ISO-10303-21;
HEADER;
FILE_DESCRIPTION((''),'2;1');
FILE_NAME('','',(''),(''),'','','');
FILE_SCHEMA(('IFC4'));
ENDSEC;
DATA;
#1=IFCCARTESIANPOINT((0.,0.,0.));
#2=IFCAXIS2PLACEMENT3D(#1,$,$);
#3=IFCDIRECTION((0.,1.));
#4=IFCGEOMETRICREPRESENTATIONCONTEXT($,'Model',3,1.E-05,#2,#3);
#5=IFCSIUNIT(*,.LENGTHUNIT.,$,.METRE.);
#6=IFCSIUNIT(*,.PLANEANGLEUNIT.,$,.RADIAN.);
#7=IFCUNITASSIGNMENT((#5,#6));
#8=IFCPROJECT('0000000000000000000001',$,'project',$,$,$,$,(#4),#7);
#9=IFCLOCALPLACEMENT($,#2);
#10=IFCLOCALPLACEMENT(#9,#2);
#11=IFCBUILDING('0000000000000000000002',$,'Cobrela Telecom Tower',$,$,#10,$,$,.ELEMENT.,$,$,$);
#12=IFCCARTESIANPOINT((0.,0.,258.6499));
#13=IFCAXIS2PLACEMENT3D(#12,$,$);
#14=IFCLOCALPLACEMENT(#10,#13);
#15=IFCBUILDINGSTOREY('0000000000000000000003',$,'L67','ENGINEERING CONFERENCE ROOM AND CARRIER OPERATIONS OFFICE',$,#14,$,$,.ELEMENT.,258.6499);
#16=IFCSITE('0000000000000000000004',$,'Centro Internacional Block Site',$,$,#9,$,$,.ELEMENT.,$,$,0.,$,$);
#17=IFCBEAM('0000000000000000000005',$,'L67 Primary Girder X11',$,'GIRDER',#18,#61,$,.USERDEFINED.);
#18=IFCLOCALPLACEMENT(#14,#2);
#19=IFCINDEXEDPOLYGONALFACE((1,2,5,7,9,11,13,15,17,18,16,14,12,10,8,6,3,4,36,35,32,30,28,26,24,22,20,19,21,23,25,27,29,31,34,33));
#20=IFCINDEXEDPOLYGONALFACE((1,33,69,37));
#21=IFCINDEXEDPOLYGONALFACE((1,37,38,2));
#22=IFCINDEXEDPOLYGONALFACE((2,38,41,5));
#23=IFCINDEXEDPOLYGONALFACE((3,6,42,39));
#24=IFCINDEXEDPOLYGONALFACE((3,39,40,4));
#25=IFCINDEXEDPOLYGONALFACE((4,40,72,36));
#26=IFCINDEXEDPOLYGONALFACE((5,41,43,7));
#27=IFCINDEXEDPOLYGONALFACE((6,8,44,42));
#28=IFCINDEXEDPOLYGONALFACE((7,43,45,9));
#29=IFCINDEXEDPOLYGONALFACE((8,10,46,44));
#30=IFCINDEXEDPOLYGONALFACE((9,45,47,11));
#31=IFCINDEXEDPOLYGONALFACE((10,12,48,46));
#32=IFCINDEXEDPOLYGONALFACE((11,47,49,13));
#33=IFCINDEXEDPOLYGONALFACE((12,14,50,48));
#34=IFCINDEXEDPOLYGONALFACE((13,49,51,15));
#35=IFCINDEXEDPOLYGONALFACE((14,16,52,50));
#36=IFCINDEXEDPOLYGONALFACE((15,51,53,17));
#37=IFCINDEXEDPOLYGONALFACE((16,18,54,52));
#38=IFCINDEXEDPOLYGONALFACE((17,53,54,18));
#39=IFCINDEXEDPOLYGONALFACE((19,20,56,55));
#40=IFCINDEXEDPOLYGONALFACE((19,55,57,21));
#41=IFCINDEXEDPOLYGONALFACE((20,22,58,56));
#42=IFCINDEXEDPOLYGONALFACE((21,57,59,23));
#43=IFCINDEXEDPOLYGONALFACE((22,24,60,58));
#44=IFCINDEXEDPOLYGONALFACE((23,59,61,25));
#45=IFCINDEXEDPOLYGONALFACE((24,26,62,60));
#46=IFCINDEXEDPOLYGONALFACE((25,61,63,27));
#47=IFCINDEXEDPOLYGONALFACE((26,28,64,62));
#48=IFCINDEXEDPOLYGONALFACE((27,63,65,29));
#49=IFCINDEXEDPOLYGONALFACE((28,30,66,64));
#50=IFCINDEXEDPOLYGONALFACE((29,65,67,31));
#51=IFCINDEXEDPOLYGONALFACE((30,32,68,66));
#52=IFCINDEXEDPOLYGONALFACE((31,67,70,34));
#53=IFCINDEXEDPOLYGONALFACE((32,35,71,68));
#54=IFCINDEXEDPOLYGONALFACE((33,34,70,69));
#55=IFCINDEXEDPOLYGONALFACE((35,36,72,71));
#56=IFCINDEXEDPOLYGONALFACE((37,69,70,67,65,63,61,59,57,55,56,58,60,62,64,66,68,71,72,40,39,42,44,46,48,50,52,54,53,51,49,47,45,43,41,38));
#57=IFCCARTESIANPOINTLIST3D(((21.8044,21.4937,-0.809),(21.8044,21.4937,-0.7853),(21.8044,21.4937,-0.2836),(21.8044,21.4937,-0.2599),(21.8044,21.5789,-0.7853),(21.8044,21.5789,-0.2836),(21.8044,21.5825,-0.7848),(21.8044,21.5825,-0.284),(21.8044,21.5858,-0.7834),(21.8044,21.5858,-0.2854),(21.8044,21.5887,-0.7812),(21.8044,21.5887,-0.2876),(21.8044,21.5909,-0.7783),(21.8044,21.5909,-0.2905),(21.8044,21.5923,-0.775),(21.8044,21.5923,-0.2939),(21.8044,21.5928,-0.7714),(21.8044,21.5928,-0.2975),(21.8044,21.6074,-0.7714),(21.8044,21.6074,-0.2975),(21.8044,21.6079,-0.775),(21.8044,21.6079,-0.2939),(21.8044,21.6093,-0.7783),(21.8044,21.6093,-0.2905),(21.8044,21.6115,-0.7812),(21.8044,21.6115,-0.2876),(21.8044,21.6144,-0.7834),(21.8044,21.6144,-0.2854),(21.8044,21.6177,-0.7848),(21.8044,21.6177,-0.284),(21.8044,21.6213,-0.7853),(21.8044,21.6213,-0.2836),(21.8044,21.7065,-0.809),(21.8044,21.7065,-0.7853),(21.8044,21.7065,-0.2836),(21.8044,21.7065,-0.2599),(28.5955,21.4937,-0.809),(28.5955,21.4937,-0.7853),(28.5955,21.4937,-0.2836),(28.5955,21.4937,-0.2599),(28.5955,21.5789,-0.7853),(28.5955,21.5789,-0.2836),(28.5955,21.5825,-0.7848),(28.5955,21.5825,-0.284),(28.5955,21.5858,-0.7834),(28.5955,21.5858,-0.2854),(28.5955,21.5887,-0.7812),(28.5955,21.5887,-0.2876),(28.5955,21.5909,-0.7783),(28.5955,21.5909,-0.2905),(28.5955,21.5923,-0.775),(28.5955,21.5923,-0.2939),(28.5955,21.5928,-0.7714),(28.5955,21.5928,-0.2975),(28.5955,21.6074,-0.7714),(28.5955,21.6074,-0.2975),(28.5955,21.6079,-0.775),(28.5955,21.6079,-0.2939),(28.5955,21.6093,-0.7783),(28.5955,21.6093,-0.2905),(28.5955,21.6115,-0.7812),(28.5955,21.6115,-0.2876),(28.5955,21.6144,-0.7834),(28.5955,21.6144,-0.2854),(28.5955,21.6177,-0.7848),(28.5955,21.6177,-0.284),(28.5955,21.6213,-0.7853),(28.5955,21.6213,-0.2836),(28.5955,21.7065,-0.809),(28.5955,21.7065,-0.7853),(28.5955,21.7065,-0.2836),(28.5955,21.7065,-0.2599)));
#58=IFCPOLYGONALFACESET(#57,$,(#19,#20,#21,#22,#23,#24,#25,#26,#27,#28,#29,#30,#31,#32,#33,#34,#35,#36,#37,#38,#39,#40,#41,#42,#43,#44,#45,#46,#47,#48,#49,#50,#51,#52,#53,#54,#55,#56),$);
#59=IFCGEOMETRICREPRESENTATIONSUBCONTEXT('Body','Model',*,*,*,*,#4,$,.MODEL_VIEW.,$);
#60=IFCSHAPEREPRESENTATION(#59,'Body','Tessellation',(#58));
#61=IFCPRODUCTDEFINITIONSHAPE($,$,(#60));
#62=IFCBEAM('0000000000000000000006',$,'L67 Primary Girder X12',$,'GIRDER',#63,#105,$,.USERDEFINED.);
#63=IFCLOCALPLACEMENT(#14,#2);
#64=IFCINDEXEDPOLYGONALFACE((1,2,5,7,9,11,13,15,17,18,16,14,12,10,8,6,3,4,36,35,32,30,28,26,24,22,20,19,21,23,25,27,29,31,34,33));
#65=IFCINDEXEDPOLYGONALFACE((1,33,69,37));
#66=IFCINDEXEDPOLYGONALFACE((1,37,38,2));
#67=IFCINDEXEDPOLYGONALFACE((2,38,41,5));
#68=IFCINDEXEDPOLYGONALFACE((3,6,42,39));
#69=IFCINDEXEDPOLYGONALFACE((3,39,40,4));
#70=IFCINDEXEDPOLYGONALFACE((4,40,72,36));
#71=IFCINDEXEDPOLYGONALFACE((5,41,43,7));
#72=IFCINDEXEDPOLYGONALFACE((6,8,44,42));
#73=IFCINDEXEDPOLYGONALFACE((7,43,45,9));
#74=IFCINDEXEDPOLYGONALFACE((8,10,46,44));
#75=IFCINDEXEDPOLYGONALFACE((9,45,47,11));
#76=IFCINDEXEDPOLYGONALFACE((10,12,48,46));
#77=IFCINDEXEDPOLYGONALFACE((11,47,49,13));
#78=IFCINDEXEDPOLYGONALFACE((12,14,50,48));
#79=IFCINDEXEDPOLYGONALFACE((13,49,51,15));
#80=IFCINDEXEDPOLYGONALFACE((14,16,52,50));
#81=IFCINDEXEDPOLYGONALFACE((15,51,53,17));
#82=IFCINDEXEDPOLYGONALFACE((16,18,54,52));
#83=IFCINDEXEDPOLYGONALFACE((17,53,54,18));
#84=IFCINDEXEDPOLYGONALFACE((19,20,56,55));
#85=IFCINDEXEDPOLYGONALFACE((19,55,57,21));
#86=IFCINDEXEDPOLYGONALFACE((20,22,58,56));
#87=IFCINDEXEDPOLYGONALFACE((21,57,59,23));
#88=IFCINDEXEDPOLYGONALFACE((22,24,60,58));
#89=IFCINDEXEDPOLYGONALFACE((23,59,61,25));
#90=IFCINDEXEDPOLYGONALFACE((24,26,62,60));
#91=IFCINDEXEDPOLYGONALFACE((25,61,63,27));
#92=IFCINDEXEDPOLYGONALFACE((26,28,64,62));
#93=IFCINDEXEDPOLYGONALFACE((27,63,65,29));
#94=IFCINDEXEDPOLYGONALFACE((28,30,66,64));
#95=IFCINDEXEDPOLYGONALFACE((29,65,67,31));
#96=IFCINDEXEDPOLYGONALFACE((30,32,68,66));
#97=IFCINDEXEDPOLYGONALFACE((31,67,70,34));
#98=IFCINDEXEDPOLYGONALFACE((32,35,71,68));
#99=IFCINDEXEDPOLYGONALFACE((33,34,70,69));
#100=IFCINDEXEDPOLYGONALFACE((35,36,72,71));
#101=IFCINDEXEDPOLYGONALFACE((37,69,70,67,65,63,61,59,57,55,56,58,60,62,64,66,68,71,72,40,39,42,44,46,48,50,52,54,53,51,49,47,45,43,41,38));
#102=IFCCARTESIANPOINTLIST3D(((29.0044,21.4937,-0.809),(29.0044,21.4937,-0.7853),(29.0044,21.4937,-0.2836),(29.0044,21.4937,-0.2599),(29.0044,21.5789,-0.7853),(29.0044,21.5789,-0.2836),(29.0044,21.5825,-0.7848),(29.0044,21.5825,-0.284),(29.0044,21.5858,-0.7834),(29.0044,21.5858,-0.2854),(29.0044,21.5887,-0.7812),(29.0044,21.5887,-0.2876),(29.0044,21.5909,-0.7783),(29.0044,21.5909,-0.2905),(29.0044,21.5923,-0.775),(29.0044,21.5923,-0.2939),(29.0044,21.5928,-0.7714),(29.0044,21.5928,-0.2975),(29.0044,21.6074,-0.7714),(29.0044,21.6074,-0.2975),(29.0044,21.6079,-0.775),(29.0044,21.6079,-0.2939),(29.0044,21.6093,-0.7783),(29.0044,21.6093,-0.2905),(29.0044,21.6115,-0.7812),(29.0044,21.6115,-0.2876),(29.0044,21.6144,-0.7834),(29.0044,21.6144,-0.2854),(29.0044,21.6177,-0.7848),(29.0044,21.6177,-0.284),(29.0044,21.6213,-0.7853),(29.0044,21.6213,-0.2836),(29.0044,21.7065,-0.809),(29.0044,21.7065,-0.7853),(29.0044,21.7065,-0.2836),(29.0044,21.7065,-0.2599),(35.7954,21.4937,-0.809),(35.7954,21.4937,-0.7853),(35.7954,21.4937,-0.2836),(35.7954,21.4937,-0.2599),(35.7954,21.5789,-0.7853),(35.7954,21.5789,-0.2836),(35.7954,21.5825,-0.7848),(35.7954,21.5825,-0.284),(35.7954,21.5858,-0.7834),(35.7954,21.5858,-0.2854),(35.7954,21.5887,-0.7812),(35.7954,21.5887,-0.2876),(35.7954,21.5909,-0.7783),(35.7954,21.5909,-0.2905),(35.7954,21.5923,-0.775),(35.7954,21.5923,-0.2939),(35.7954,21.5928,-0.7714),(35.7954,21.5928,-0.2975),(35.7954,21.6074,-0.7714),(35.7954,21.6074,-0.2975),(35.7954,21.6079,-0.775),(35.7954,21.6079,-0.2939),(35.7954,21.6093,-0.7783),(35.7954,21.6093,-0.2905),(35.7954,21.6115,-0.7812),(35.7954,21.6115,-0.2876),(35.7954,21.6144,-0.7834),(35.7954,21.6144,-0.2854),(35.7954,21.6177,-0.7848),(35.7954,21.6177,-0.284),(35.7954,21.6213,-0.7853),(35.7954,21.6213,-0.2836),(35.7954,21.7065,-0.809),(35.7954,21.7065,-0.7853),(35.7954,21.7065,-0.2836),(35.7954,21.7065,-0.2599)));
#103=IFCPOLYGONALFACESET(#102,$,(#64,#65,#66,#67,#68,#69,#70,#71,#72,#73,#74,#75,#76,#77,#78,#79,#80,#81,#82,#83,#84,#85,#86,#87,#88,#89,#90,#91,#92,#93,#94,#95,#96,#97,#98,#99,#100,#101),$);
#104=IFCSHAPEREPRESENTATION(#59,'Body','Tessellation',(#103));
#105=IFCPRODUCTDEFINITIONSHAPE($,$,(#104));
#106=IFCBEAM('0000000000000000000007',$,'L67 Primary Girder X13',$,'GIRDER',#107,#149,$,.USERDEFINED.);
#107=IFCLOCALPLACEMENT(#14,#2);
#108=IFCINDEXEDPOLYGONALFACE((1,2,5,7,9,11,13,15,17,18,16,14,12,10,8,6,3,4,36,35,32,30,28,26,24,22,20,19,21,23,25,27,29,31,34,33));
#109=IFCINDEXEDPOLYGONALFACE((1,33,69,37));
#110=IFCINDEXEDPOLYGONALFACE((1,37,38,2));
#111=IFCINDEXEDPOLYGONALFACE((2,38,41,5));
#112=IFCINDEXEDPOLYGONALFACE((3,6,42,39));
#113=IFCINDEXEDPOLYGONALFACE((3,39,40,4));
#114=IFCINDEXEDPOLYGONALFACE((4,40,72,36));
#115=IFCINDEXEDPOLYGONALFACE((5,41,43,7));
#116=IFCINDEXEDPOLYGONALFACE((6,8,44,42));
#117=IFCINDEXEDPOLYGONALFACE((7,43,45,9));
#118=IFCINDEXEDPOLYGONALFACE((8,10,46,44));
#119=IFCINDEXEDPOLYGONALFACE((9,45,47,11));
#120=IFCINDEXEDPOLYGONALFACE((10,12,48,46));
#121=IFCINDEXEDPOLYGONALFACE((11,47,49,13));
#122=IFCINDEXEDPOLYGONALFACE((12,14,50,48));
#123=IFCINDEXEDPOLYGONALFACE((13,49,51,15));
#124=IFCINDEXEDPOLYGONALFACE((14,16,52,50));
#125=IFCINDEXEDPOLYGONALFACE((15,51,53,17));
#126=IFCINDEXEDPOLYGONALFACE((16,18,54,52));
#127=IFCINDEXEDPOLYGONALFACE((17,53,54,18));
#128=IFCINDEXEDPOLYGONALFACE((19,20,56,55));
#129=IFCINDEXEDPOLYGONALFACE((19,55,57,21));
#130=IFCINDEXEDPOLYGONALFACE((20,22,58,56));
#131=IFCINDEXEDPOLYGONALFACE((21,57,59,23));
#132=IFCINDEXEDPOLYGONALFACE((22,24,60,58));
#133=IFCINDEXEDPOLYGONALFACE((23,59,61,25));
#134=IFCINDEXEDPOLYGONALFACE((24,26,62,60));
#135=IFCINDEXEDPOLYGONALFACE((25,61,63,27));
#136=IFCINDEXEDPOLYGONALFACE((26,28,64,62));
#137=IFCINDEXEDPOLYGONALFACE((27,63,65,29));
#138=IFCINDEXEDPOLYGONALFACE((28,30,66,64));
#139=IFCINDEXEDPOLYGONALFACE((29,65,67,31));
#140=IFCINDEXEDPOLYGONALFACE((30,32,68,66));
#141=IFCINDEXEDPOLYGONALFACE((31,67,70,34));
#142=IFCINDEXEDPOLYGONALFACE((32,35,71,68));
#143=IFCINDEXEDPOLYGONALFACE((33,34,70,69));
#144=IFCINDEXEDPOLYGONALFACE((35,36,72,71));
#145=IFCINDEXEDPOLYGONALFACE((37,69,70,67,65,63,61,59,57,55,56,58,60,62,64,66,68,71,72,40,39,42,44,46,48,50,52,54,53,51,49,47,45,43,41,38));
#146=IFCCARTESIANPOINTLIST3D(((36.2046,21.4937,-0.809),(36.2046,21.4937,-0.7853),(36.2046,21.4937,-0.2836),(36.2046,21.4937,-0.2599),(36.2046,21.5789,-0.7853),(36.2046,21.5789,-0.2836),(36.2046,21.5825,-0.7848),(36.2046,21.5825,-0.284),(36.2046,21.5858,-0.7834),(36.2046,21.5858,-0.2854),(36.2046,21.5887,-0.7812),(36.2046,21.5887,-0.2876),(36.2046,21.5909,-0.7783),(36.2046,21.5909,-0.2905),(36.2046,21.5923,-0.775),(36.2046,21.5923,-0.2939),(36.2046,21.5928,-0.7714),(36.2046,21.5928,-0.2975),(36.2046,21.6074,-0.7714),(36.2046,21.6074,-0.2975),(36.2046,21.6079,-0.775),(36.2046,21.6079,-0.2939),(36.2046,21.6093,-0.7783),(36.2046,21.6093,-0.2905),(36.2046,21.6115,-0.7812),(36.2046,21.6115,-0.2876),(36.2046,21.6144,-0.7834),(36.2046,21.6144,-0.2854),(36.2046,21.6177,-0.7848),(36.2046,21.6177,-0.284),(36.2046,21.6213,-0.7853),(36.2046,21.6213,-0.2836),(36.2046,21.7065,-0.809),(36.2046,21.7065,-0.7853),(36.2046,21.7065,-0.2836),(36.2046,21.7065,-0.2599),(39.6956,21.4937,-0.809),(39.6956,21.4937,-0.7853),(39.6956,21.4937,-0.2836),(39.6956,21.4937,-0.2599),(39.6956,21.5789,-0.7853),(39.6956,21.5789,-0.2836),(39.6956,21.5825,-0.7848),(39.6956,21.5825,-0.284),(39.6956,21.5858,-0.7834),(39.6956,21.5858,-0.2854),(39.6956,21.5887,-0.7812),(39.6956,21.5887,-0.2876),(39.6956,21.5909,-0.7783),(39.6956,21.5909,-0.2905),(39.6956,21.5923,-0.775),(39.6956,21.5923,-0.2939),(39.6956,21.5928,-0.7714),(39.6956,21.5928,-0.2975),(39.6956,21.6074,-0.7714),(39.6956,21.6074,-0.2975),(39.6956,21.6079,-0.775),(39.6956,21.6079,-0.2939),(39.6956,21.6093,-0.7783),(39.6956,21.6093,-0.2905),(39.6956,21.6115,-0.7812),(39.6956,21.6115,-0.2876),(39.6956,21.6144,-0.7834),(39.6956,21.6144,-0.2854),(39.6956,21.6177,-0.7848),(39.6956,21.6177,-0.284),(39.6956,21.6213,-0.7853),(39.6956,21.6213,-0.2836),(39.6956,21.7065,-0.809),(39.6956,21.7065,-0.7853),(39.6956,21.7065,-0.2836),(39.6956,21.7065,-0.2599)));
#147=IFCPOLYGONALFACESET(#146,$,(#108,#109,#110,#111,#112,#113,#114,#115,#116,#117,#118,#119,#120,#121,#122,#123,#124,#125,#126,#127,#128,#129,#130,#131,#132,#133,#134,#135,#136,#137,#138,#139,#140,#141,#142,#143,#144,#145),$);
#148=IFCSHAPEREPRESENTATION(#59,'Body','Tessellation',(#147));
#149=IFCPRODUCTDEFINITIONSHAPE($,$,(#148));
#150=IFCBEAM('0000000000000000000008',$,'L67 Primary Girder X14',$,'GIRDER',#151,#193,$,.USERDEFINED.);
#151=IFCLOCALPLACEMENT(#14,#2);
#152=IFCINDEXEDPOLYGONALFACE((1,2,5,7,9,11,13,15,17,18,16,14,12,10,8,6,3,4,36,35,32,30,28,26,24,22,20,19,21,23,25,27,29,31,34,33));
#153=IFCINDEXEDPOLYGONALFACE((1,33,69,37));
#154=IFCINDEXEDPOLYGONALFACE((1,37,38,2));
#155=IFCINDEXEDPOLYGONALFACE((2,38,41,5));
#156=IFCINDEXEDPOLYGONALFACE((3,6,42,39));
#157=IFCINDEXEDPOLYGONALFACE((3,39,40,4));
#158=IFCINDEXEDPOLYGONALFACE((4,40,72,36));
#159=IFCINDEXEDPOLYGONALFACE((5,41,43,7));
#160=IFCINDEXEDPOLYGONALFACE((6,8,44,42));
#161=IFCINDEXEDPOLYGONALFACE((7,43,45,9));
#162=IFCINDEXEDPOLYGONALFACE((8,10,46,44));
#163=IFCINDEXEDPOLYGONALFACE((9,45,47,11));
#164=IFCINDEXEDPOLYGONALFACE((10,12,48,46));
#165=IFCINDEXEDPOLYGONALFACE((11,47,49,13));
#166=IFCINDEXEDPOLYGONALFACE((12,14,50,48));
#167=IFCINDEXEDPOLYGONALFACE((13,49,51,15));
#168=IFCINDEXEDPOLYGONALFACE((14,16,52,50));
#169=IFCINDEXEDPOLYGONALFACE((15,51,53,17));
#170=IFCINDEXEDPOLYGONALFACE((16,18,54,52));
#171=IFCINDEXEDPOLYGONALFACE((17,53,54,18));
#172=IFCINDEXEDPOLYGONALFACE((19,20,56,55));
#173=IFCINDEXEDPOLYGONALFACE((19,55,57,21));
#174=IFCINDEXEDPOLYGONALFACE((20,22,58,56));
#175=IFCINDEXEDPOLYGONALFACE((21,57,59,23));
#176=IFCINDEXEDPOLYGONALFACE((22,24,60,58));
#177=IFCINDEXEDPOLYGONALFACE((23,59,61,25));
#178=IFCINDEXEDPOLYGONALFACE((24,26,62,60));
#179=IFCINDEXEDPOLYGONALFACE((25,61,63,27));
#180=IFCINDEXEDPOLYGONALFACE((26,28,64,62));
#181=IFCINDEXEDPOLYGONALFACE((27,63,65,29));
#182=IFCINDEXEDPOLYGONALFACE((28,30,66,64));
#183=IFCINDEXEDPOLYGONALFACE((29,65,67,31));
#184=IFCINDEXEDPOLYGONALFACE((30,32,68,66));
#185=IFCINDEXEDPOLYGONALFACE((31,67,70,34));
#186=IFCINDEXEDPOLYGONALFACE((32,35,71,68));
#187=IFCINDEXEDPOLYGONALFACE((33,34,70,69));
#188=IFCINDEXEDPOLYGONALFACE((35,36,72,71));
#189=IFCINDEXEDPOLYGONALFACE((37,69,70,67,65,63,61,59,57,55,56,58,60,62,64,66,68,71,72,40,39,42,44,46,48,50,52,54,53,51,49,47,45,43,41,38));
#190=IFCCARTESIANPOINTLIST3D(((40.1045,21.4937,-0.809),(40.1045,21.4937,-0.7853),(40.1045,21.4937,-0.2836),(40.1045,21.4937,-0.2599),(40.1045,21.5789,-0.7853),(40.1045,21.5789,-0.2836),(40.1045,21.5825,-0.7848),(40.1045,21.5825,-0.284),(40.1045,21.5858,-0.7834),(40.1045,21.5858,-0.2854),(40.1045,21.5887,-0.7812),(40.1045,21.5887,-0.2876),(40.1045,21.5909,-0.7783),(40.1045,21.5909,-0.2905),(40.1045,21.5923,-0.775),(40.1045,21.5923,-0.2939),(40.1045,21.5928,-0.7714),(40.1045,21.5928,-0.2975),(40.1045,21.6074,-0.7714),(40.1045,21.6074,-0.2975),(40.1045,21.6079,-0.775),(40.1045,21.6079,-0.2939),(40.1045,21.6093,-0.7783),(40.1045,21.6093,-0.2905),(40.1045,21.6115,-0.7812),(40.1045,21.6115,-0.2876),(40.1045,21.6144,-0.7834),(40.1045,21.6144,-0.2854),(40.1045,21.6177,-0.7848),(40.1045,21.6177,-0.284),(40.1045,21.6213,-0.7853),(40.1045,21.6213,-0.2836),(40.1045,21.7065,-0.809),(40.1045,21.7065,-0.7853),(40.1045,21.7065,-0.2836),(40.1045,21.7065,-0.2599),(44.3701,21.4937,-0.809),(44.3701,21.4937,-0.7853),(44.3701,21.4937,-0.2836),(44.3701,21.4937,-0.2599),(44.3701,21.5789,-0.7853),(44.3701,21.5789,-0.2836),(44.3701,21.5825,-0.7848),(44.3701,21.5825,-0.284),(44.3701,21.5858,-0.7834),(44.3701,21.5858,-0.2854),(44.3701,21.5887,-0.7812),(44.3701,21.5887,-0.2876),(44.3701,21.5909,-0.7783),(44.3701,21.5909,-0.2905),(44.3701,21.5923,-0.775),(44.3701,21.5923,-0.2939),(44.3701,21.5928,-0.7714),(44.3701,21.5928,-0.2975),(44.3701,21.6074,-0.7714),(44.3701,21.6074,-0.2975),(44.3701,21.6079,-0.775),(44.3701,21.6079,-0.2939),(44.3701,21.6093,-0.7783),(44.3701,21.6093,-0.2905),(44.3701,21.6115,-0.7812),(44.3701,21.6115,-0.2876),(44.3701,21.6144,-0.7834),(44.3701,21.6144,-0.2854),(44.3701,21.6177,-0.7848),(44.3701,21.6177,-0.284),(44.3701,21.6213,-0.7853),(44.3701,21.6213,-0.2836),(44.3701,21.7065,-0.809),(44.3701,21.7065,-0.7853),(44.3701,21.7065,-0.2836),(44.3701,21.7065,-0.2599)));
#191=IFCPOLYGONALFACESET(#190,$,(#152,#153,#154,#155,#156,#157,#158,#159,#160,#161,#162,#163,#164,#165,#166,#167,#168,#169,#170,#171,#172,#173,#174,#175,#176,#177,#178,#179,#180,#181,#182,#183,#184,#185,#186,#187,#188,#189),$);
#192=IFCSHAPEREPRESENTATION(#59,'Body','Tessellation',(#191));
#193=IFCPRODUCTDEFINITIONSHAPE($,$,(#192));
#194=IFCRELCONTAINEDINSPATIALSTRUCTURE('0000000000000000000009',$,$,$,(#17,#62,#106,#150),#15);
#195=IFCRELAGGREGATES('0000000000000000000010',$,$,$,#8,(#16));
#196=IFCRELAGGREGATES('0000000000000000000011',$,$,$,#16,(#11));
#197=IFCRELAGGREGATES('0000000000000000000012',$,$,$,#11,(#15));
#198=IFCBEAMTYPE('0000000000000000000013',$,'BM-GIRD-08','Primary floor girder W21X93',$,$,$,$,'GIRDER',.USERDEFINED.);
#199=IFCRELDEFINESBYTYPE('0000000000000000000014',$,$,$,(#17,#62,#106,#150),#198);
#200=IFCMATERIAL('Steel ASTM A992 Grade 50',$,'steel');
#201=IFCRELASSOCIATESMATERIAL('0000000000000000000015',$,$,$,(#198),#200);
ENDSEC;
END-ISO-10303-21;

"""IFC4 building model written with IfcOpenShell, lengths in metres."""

from ifc_helpers import new_model, si_unit, direction, frame, origin, origin_2d, place, context, subcontext, project, spatial, i_section, extrude, material, material_profile, profile_set, type_object, element, save


model = new_model("IFC4")

# Units and contexts
model_context = context("Model", 3, precision=1e-05, world=origin(), true_north=direction((0.0, 1.0)))
body_context = subcontext(model_context, "Body", "Model", "MODEL_VIEW")
ifc_project = project(units=[si_unit("LENGTHUNIT", "METRE"), si_unit("PLANEANGLEUNIT", "RADIAN")], contexts=[model_context])

# Site, building, storey
site_placement = place(None, origin())
site = spatial("IfcSite", under=ifc_project, at=site_placement, Name="Centro Internacional Block Site", CompositionType="ELEMENT", RefElevation=0.0)
building_placement = place(site_placement, origin())
building = spatial("IfcBuilding", under=site, at=building_placement, Name="Cobrela Telecom Tower", CompositionType="ELEMENT")
storey_placement = place(building_placement, frame((0.0, 0.0, 258.6499)))
storey = spatial("IfcBuildingStorey", under=building, at=storey_placement, Name="L67", Description="ENGINEERING CONFERENCE ROOM AND CARRIER OPERATIONS OFFICE", CompositionType="ELEMENT", Elevation=258.6499)

# Shared definitions
ifc_material_1 = material(Name="Steel ASTM A992 Grade 50", Category="steel")

# Beams
ifc_material_profile_1 = material_profile(ifc_material_1, i_section(OverallWidth=0.2129, OverallDepth=0.5491, WebThickness=0.0146, FlangeThickness=0.0237, FilletRadius=0.0139, at=origin_2d()), Name="W21X93")
ifc_profile_set_1 = profile_set([ifc_material_profile_1], Name="Steel ASTM A992 Grade 50")
beam_type = type_object("IfcBeamType", Name="BM-GIRD-08", Description="Primary floor girder W21X93", ElementType="GIRDER", PredefinedType="USERDEFINED", material=ifc_profile_set_1)
for number, where, z_axis, x_axis, name in (
    (1, (21.8044, 21.6001, -0.5344), (1.0, 0.0, 0.0), (0.0, 1.0, 0.0), "L67 Primary Girder X11"),
    (2, (29.0044, 21.6001, -0.5344), (1.0, 0.0, 0.0), (0.0, 1.0, 0.0), "L67 Primary Girder X12"),
):
    element("IfcBeam", number, at=place(storey_placement, frame(where, z_axis=z_axis, x_axis=x_axis)), inside=storey, type_object=beam_type, Name=name, ObjectType="GIRDER", PredefinedType="USERDEFINED", context=body_context, shape_type="SweptSolid", body=[
        extrude(i_section(OverallWidth=0.2129, OverallDepth=0.5491, WebThickness=0.0146, FlangeThickness=0.0237, FilletRadius=0.0139, at=origin_2d()), origin(), (0.0, 0.0, 1.0), 6.791),
    ])
beam_1_placement = place(storey_placement, frame((36.2046, 21.6001, -0.5344), z_axis=(1.0, 0.0, 0.0), x_axis=(0.0, 1.0, 0.0)))
element("IfcBeam", 3, at=beam_1_placement, inside=storey, type_object=beam_type, Name="L67 Primary Girder X13", ObjectType="GIRDER", PredefinedType="USERDEFINED", context=body_context, shape_type="SweptSolid", body=[
    extrude(i_section(OverallWidth=0.2129, OverallDepth=0.5491, WebThickness=0.0146, FlangeThickness=0.0237, FilletRadius=0.0139, at=origin_2d()), origin(), (0.0, 0.0, 1.0), 3.491),
])
beam_2_placement = place(storey_placement, frame((40.1045, 21.6001, -0.5344), z_axis=(1.0, 0.0, 0.0), x_axis=(0.0, 1.0, 0.0)))
element("IfcBeam", 4, at=beam_2_placement, inside=storey, type_object=beam_type, Name="L67 Primary Girder X14", ObjectType="GIRDER", PredefinedType="USERDEFINED", context=body_context, shape_type="SweptSolid", body=[
    extrude(i_section(OverallWidth=0.2129, OverallDepth=0.5491, WebThickness=0.0146, FlangeThickness=0.0237, FilletRadius=0.0139, at=origin_2d()), origin(), (0.0, 0.0, 1.0), 4.2656),
])

save(model, "model.ifc")
